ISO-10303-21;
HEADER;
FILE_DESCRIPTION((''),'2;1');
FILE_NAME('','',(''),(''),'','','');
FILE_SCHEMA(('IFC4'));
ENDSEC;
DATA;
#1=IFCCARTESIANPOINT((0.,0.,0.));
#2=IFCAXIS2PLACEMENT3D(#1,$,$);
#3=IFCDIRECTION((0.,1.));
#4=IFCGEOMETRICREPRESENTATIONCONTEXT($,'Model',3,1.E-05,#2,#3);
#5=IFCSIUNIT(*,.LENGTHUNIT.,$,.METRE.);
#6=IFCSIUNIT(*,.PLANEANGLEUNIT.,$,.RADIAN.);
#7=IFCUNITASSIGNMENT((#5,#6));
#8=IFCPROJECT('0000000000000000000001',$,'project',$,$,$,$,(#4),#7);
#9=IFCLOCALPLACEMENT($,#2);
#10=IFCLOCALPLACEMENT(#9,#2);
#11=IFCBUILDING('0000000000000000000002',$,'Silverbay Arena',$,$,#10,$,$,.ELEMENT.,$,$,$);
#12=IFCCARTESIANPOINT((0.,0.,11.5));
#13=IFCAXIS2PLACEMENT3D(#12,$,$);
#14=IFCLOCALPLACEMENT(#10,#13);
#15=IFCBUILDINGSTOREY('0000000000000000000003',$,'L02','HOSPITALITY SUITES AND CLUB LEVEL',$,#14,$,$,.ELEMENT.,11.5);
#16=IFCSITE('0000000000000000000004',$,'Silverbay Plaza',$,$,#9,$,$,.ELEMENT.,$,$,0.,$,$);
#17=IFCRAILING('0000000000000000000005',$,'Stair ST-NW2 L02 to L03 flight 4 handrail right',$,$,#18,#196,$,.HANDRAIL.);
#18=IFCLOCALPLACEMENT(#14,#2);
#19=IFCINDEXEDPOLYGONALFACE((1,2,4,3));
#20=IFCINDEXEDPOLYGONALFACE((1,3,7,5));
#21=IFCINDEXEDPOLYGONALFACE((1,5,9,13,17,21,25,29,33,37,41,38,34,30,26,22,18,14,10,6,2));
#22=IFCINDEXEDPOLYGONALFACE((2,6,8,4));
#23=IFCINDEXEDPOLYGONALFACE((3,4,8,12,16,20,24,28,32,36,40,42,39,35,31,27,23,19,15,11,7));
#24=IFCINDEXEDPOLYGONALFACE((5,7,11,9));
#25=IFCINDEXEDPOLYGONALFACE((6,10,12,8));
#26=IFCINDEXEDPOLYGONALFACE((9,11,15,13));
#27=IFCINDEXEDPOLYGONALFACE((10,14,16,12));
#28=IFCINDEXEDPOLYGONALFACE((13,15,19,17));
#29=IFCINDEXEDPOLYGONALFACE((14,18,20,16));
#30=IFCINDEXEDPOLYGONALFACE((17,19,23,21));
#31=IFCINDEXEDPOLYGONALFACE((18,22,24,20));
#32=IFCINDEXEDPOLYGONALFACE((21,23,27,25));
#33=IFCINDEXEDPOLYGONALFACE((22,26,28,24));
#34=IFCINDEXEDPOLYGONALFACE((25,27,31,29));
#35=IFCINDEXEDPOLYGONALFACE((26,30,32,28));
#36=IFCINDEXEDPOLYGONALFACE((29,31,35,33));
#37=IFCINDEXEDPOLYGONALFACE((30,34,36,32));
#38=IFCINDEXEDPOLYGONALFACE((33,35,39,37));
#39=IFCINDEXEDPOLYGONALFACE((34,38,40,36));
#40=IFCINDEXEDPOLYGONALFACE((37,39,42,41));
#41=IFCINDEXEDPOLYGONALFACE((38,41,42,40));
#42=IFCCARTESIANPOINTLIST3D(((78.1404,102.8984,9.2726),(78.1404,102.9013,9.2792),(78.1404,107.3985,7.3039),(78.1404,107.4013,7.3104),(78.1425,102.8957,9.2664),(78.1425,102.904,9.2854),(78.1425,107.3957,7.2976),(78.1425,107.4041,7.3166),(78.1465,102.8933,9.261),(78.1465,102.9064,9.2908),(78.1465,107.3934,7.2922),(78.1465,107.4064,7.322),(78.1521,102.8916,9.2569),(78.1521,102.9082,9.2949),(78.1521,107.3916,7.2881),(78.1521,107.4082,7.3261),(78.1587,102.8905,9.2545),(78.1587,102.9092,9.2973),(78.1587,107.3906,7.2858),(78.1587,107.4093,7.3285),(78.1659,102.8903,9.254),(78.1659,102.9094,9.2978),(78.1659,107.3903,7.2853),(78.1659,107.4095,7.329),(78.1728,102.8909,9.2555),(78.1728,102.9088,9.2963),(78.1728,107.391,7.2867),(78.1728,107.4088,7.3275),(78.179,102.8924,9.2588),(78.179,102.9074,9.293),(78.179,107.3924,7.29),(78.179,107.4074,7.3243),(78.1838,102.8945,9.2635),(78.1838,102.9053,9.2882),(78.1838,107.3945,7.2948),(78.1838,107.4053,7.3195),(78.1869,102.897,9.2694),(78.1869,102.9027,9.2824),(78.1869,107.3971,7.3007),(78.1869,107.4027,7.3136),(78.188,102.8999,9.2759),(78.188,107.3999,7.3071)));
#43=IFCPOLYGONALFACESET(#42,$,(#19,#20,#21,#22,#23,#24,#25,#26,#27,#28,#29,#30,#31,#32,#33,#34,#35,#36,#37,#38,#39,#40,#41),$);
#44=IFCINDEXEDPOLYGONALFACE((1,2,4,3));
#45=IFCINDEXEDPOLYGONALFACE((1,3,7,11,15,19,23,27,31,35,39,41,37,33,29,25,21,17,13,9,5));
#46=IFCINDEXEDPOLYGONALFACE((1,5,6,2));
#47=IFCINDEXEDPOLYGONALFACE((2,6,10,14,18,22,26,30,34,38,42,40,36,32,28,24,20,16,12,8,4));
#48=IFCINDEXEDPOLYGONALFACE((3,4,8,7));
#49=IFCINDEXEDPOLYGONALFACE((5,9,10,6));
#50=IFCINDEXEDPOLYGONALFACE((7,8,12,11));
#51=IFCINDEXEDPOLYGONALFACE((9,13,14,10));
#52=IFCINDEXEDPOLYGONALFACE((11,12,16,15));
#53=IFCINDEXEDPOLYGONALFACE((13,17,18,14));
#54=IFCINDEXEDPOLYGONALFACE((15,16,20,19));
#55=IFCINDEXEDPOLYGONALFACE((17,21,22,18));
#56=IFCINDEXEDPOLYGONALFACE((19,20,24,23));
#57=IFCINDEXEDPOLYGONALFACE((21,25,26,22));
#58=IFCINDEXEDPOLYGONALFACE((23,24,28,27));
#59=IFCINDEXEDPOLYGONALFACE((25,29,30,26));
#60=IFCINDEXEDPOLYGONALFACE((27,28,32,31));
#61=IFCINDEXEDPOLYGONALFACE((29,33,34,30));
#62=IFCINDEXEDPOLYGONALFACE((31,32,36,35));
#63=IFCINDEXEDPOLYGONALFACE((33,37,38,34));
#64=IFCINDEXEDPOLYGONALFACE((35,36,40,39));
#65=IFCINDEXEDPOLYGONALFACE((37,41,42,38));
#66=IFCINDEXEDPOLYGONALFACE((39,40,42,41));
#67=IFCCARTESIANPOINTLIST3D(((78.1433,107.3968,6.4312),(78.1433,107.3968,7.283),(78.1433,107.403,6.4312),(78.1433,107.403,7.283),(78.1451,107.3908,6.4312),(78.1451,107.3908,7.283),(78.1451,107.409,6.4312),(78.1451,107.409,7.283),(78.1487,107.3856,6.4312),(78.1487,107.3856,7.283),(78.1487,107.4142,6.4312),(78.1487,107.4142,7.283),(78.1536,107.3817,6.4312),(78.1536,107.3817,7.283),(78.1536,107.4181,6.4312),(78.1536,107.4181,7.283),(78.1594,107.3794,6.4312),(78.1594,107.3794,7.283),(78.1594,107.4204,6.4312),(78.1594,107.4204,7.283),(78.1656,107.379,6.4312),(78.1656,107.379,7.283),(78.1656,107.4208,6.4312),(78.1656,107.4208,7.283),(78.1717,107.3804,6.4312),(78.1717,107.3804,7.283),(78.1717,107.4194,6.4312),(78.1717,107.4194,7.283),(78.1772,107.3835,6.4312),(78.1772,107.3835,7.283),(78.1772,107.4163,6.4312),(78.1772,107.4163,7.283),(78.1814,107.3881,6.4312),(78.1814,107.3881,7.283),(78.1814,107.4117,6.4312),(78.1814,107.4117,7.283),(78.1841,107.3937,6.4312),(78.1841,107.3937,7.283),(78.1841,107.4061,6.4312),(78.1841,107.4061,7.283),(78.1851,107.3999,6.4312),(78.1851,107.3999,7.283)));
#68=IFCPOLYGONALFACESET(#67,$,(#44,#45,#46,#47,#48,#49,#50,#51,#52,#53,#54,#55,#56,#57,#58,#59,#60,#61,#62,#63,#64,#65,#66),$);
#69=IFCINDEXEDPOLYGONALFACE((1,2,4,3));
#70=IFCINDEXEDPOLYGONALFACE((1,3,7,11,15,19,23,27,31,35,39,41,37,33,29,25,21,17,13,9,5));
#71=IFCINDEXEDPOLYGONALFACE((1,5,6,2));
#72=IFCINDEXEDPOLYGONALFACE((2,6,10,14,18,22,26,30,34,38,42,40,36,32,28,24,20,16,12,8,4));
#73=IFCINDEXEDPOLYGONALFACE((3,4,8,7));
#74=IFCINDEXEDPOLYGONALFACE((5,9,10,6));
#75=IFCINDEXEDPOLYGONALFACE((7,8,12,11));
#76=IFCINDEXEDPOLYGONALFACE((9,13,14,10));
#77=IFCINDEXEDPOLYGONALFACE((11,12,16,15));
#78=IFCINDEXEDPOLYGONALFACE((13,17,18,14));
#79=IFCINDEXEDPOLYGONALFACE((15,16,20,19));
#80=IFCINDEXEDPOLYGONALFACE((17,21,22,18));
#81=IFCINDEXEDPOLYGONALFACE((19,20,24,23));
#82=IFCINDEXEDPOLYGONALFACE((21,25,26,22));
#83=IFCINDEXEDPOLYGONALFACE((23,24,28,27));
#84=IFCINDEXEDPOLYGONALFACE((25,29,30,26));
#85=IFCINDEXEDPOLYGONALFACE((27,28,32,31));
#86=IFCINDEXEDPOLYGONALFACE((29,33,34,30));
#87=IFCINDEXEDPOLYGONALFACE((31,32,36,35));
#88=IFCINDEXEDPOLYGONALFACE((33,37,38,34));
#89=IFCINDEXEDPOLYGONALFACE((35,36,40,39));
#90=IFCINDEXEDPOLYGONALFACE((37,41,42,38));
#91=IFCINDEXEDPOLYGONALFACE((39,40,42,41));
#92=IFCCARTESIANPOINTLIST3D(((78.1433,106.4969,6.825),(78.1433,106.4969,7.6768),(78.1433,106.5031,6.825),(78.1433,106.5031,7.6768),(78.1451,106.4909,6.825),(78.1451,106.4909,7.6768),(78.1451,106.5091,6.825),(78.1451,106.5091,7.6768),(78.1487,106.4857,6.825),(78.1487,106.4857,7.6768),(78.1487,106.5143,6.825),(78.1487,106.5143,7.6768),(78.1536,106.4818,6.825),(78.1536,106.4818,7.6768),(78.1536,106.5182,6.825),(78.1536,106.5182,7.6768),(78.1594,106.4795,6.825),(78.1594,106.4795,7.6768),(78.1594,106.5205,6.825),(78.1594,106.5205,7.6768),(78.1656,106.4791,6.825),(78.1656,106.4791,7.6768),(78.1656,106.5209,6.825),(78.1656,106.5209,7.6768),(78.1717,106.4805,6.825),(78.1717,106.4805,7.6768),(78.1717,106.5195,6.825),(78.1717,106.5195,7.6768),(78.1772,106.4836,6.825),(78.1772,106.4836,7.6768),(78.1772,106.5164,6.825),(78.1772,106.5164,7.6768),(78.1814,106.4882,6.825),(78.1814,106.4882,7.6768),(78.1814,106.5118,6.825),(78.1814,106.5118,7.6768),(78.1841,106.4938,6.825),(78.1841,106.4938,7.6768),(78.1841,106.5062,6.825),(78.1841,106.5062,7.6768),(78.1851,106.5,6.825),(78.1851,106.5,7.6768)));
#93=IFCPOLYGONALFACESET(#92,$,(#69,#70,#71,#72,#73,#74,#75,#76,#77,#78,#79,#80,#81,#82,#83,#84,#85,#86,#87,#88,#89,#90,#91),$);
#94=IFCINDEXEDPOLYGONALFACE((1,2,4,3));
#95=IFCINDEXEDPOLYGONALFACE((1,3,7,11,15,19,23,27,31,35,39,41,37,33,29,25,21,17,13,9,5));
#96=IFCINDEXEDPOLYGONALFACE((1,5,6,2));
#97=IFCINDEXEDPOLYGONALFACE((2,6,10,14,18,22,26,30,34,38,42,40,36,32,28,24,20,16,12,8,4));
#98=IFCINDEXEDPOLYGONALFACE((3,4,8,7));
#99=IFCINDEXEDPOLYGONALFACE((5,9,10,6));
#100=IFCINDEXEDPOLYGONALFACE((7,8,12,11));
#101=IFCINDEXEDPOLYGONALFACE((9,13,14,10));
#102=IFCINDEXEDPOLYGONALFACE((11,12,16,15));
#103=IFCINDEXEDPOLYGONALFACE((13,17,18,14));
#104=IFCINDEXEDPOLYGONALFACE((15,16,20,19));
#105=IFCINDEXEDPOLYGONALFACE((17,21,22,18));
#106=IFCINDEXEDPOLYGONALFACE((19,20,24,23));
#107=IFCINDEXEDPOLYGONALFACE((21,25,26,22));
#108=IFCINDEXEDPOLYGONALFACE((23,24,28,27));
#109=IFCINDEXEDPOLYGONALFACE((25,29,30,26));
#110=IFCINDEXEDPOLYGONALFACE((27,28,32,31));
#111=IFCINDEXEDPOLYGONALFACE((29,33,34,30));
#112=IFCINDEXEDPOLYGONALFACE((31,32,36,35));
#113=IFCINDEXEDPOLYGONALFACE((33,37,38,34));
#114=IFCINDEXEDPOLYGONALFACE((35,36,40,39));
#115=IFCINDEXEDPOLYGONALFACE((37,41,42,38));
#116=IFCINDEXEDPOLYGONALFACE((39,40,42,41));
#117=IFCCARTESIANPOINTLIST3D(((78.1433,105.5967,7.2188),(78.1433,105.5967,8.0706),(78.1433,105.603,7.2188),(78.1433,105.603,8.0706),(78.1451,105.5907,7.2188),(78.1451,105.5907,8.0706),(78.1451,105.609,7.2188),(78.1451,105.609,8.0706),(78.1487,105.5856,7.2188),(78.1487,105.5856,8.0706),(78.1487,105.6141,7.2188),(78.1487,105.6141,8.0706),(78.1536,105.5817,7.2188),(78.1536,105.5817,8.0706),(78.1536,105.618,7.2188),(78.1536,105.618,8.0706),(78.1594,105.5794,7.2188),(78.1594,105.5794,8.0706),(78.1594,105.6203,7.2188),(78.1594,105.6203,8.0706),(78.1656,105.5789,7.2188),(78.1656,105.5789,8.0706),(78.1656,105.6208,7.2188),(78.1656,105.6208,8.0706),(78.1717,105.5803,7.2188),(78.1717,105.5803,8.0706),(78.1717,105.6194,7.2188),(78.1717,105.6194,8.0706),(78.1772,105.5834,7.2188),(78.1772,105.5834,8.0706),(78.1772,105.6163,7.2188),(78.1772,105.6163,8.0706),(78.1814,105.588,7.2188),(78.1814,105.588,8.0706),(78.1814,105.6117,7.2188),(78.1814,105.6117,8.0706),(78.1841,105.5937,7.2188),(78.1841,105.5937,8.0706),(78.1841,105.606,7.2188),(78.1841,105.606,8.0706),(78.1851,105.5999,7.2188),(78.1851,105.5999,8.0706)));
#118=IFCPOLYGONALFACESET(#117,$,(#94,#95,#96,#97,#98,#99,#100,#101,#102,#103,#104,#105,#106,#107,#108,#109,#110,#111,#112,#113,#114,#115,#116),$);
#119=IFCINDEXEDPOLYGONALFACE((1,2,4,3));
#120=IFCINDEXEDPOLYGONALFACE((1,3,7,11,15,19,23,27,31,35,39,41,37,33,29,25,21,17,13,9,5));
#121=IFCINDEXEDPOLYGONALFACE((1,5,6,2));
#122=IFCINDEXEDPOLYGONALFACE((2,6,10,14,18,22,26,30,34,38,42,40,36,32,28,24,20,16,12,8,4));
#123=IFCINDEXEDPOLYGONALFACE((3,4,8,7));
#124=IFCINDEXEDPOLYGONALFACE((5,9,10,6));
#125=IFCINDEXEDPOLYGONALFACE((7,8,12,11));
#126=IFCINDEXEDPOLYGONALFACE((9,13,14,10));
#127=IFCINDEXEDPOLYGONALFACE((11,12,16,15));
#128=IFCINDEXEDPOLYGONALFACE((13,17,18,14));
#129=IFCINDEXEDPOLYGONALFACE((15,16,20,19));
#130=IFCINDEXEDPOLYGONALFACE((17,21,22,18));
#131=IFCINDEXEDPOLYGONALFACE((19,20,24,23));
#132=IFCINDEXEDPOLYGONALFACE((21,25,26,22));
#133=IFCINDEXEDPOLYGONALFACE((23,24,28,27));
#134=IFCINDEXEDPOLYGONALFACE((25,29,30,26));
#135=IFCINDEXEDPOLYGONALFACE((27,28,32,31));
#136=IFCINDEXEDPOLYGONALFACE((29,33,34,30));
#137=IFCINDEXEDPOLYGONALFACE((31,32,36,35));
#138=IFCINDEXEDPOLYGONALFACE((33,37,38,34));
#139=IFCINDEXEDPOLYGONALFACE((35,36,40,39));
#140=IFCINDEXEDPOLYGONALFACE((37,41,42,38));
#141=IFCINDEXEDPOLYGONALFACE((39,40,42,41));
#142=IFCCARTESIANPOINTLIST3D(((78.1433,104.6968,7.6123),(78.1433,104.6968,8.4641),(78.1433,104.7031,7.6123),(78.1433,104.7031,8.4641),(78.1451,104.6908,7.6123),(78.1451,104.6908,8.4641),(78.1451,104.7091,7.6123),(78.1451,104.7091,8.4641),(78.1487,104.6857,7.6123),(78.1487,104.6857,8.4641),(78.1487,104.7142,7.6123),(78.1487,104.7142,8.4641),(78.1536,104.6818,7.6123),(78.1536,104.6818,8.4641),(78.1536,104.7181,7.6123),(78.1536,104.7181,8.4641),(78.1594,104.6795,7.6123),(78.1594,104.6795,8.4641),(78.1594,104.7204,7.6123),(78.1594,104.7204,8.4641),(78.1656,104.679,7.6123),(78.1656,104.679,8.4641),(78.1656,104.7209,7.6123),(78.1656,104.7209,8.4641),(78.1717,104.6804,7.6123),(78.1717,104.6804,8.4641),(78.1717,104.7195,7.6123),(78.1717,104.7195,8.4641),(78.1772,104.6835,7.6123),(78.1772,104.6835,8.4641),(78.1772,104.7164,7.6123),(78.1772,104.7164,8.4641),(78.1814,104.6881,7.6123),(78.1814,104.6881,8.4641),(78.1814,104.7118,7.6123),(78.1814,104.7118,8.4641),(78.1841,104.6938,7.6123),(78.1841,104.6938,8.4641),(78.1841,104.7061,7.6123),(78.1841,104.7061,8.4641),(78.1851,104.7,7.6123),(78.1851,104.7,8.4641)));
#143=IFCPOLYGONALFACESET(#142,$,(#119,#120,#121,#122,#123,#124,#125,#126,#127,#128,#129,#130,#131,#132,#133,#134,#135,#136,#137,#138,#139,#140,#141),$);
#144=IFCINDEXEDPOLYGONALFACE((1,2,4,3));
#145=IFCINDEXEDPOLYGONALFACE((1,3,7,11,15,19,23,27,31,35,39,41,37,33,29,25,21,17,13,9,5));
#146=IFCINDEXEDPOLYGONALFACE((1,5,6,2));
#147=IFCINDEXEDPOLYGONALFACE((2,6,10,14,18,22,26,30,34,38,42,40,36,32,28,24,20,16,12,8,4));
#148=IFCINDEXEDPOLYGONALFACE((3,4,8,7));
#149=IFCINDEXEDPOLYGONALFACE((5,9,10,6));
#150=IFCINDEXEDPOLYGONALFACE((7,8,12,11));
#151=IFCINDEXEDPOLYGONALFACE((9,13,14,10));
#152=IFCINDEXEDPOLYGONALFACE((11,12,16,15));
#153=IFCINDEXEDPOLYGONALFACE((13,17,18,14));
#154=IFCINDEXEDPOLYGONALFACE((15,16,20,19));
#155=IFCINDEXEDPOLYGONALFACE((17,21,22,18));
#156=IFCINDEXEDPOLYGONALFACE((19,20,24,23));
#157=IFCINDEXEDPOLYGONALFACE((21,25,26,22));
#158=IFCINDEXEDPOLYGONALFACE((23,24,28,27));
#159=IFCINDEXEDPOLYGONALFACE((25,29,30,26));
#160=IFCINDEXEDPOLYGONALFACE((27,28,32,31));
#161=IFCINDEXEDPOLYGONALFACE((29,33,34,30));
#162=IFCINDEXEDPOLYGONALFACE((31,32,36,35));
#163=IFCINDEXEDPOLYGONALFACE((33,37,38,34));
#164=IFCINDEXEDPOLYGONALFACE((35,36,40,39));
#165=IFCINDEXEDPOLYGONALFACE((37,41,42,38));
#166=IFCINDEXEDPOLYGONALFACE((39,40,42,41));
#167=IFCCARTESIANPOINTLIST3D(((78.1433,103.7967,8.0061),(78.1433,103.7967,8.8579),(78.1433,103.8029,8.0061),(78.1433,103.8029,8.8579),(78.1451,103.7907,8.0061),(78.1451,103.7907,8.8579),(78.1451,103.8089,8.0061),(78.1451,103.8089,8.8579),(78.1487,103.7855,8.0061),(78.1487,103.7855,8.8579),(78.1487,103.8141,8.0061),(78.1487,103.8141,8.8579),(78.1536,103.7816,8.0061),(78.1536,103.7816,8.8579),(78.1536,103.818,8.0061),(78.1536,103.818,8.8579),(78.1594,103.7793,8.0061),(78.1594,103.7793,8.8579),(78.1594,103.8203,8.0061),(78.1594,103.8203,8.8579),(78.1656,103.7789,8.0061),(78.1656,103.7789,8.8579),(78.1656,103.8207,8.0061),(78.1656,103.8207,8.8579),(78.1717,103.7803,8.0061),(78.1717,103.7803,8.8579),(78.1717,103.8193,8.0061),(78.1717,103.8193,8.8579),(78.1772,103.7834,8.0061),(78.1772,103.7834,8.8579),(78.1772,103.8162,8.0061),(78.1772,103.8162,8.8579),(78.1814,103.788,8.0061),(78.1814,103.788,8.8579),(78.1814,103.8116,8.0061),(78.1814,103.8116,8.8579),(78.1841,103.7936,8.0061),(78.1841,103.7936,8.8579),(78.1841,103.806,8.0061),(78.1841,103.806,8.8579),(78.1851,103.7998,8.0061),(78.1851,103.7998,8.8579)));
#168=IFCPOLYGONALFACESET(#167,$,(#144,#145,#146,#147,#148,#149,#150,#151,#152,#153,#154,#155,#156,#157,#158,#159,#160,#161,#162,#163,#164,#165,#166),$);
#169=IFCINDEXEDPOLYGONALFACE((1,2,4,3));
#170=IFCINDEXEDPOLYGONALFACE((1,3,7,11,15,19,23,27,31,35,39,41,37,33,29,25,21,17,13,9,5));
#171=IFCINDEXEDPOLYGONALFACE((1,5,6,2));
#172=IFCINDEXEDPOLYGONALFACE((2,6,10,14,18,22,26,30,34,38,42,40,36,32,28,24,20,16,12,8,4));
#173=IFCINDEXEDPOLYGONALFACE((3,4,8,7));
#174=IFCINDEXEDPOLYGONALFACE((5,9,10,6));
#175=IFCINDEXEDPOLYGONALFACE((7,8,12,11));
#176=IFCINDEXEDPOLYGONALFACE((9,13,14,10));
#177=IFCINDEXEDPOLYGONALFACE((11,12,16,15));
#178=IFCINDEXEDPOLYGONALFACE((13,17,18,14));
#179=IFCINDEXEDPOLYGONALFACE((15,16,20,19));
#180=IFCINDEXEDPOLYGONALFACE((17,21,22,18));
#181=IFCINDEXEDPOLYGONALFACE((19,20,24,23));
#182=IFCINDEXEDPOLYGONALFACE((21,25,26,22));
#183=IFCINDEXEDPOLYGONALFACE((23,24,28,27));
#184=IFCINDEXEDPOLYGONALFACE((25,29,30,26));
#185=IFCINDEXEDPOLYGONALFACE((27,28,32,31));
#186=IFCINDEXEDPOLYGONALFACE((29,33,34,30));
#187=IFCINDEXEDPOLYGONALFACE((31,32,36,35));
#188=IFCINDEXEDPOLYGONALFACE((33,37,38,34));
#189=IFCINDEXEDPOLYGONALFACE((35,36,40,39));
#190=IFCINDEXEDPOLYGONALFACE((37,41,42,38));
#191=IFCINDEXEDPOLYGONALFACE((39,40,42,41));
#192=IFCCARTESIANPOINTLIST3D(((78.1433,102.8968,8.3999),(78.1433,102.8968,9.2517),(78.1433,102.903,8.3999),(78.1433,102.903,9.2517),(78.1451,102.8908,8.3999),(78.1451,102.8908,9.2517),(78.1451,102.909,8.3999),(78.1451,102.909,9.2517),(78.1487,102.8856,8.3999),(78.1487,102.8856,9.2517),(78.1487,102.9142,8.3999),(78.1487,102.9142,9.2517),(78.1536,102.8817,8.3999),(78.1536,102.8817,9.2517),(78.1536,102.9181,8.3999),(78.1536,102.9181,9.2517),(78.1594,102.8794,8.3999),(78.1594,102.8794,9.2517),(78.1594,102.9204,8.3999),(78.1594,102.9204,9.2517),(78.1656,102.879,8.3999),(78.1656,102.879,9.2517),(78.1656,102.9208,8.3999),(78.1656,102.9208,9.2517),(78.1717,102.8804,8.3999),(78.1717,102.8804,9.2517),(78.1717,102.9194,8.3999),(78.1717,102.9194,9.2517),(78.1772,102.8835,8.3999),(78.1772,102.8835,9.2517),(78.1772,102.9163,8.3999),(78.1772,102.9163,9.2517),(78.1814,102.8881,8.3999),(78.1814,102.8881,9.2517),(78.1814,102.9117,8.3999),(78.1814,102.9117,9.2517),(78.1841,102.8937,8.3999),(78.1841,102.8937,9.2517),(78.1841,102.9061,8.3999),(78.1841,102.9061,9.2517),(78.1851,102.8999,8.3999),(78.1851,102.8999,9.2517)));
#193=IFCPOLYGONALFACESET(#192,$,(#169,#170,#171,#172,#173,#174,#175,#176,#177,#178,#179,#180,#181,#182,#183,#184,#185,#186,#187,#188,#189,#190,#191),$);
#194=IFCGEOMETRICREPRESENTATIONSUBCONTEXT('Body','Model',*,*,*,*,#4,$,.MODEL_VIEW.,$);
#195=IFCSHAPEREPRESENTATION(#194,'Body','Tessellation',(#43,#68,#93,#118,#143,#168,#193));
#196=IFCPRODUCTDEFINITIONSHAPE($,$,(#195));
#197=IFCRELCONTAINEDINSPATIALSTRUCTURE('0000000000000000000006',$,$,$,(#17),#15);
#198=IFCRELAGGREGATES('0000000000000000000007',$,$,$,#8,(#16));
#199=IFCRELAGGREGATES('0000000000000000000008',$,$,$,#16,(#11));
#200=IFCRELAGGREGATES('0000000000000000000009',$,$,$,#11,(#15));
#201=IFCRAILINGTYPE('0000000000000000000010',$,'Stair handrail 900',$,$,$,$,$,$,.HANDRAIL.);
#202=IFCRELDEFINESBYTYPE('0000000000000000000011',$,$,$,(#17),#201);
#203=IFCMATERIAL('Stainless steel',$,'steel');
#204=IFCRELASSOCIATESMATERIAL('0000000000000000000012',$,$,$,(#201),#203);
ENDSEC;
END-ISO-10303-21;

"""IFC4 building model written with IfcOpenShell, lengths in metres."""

from ifc_helpers import new_model, si_unit, direction, frame, origin, origin_2d, place, context, subcontext, project, spatial, circle, extrude, material, type_object, element, save


model = new_model("IFC4")

# Units and contexts
model_context = context("Model", 3, precision=1e-05, world=origin(), true_north=direction((0.0, 1.0)))
body_context = subcontext(model_context, "Body", "Model", "MODEL_VIEW")
ifc_project = project(units=[si_unit("LENGTHUNIT", "METRE"), si_unit("PLANEANGLEUNIT", "RADIAN")], contexts=[model_context])

# Site, building, storey
site_placement = place(None, origin())
site = spatial("IfcSite", under=ifc_project, at=site_placement, Name="Silverbay Plaza", CompositionType="ELEMENT", RefElevation=0.0)
building_placement = place(site_placement, origin())
building = spatial("IfcBuilding", under=site, at=building_placement, Name="Silverbay Arena", CompositionType="ELEMENT")
storey_placement = place(building_placement, frame((0.0, 0.0, 11.5)))
storey = spatial("IfcBuildingStorey", under=building, at=storey_placement, Name="L02", Description="HOSPITALITY SUITES AND CLUB LEVEL", CompositionType="ELEMENT", Elevation=11.5)

# Railing
ifc_material_1 = material(Name="Stainless steel", Category="steel")
railing_type_1 = type_object("IfcRailingType", Name="Stair handrail 900", PredefinedType="HANDRAIL", material=ifc_material_1)
railing_1_placement = place(storey_placement, frame((78.1641, 107.3999, 6.4312)))
element("IfcRailing", 1, at=railing_1_placement, inside=storey, type_object=railing_type_1, Name="Stair ST-NW2 L02 to L03 flight 4 handrail right", PredefinedType="HANDRAIL", context=body_context, shape_type="SweptSolid", body=[
    extrude(circle(Radius=0.0239, at=origin_2d()), frame((0.0, 0.0, 0.876), z_axis=(0.0, -0.916157, 0.400819), x_axis=(1.0, 0.0, 0.0)), (0.0, 0.0, 1.0), 4.9119),
    extrude(circle(Radius=0.021, at=origin_2d()), origin(), (0.0, 0.0, 1.0), 0.8518),
    extrude(circle(Radius=0.021, at=origin_2d()), frame((0.0, -0.8999, 0.3938)), (0.0, 0.0, 1.0), 0.8518),
    extrude(circle(Radius=0.021, at=origin_2d()), frame((0.0, -1.8, 0.7876)), (0.0, 0.0, 1.0), 0.8518),
    extrude(circle(Radius=0.021, at=origin_2d()), frame((0.0, -2.7, 1.1812)), (0.0, 0.0, 1.0), 0.8518),
    extrude(circle(Radius=0.021, at=origin_2d()), frame((0.0, -3.6001, 1.575)), (0.0, 0.0, 1.0), 0.8518),
    extrude(circle(Radius=0.021, at=origin_2d()), frame((0.0, -4.5, 1.9688)), (0.0, 0.0, 1.0), 0.8518),
])

save(model, "model.ifc")
